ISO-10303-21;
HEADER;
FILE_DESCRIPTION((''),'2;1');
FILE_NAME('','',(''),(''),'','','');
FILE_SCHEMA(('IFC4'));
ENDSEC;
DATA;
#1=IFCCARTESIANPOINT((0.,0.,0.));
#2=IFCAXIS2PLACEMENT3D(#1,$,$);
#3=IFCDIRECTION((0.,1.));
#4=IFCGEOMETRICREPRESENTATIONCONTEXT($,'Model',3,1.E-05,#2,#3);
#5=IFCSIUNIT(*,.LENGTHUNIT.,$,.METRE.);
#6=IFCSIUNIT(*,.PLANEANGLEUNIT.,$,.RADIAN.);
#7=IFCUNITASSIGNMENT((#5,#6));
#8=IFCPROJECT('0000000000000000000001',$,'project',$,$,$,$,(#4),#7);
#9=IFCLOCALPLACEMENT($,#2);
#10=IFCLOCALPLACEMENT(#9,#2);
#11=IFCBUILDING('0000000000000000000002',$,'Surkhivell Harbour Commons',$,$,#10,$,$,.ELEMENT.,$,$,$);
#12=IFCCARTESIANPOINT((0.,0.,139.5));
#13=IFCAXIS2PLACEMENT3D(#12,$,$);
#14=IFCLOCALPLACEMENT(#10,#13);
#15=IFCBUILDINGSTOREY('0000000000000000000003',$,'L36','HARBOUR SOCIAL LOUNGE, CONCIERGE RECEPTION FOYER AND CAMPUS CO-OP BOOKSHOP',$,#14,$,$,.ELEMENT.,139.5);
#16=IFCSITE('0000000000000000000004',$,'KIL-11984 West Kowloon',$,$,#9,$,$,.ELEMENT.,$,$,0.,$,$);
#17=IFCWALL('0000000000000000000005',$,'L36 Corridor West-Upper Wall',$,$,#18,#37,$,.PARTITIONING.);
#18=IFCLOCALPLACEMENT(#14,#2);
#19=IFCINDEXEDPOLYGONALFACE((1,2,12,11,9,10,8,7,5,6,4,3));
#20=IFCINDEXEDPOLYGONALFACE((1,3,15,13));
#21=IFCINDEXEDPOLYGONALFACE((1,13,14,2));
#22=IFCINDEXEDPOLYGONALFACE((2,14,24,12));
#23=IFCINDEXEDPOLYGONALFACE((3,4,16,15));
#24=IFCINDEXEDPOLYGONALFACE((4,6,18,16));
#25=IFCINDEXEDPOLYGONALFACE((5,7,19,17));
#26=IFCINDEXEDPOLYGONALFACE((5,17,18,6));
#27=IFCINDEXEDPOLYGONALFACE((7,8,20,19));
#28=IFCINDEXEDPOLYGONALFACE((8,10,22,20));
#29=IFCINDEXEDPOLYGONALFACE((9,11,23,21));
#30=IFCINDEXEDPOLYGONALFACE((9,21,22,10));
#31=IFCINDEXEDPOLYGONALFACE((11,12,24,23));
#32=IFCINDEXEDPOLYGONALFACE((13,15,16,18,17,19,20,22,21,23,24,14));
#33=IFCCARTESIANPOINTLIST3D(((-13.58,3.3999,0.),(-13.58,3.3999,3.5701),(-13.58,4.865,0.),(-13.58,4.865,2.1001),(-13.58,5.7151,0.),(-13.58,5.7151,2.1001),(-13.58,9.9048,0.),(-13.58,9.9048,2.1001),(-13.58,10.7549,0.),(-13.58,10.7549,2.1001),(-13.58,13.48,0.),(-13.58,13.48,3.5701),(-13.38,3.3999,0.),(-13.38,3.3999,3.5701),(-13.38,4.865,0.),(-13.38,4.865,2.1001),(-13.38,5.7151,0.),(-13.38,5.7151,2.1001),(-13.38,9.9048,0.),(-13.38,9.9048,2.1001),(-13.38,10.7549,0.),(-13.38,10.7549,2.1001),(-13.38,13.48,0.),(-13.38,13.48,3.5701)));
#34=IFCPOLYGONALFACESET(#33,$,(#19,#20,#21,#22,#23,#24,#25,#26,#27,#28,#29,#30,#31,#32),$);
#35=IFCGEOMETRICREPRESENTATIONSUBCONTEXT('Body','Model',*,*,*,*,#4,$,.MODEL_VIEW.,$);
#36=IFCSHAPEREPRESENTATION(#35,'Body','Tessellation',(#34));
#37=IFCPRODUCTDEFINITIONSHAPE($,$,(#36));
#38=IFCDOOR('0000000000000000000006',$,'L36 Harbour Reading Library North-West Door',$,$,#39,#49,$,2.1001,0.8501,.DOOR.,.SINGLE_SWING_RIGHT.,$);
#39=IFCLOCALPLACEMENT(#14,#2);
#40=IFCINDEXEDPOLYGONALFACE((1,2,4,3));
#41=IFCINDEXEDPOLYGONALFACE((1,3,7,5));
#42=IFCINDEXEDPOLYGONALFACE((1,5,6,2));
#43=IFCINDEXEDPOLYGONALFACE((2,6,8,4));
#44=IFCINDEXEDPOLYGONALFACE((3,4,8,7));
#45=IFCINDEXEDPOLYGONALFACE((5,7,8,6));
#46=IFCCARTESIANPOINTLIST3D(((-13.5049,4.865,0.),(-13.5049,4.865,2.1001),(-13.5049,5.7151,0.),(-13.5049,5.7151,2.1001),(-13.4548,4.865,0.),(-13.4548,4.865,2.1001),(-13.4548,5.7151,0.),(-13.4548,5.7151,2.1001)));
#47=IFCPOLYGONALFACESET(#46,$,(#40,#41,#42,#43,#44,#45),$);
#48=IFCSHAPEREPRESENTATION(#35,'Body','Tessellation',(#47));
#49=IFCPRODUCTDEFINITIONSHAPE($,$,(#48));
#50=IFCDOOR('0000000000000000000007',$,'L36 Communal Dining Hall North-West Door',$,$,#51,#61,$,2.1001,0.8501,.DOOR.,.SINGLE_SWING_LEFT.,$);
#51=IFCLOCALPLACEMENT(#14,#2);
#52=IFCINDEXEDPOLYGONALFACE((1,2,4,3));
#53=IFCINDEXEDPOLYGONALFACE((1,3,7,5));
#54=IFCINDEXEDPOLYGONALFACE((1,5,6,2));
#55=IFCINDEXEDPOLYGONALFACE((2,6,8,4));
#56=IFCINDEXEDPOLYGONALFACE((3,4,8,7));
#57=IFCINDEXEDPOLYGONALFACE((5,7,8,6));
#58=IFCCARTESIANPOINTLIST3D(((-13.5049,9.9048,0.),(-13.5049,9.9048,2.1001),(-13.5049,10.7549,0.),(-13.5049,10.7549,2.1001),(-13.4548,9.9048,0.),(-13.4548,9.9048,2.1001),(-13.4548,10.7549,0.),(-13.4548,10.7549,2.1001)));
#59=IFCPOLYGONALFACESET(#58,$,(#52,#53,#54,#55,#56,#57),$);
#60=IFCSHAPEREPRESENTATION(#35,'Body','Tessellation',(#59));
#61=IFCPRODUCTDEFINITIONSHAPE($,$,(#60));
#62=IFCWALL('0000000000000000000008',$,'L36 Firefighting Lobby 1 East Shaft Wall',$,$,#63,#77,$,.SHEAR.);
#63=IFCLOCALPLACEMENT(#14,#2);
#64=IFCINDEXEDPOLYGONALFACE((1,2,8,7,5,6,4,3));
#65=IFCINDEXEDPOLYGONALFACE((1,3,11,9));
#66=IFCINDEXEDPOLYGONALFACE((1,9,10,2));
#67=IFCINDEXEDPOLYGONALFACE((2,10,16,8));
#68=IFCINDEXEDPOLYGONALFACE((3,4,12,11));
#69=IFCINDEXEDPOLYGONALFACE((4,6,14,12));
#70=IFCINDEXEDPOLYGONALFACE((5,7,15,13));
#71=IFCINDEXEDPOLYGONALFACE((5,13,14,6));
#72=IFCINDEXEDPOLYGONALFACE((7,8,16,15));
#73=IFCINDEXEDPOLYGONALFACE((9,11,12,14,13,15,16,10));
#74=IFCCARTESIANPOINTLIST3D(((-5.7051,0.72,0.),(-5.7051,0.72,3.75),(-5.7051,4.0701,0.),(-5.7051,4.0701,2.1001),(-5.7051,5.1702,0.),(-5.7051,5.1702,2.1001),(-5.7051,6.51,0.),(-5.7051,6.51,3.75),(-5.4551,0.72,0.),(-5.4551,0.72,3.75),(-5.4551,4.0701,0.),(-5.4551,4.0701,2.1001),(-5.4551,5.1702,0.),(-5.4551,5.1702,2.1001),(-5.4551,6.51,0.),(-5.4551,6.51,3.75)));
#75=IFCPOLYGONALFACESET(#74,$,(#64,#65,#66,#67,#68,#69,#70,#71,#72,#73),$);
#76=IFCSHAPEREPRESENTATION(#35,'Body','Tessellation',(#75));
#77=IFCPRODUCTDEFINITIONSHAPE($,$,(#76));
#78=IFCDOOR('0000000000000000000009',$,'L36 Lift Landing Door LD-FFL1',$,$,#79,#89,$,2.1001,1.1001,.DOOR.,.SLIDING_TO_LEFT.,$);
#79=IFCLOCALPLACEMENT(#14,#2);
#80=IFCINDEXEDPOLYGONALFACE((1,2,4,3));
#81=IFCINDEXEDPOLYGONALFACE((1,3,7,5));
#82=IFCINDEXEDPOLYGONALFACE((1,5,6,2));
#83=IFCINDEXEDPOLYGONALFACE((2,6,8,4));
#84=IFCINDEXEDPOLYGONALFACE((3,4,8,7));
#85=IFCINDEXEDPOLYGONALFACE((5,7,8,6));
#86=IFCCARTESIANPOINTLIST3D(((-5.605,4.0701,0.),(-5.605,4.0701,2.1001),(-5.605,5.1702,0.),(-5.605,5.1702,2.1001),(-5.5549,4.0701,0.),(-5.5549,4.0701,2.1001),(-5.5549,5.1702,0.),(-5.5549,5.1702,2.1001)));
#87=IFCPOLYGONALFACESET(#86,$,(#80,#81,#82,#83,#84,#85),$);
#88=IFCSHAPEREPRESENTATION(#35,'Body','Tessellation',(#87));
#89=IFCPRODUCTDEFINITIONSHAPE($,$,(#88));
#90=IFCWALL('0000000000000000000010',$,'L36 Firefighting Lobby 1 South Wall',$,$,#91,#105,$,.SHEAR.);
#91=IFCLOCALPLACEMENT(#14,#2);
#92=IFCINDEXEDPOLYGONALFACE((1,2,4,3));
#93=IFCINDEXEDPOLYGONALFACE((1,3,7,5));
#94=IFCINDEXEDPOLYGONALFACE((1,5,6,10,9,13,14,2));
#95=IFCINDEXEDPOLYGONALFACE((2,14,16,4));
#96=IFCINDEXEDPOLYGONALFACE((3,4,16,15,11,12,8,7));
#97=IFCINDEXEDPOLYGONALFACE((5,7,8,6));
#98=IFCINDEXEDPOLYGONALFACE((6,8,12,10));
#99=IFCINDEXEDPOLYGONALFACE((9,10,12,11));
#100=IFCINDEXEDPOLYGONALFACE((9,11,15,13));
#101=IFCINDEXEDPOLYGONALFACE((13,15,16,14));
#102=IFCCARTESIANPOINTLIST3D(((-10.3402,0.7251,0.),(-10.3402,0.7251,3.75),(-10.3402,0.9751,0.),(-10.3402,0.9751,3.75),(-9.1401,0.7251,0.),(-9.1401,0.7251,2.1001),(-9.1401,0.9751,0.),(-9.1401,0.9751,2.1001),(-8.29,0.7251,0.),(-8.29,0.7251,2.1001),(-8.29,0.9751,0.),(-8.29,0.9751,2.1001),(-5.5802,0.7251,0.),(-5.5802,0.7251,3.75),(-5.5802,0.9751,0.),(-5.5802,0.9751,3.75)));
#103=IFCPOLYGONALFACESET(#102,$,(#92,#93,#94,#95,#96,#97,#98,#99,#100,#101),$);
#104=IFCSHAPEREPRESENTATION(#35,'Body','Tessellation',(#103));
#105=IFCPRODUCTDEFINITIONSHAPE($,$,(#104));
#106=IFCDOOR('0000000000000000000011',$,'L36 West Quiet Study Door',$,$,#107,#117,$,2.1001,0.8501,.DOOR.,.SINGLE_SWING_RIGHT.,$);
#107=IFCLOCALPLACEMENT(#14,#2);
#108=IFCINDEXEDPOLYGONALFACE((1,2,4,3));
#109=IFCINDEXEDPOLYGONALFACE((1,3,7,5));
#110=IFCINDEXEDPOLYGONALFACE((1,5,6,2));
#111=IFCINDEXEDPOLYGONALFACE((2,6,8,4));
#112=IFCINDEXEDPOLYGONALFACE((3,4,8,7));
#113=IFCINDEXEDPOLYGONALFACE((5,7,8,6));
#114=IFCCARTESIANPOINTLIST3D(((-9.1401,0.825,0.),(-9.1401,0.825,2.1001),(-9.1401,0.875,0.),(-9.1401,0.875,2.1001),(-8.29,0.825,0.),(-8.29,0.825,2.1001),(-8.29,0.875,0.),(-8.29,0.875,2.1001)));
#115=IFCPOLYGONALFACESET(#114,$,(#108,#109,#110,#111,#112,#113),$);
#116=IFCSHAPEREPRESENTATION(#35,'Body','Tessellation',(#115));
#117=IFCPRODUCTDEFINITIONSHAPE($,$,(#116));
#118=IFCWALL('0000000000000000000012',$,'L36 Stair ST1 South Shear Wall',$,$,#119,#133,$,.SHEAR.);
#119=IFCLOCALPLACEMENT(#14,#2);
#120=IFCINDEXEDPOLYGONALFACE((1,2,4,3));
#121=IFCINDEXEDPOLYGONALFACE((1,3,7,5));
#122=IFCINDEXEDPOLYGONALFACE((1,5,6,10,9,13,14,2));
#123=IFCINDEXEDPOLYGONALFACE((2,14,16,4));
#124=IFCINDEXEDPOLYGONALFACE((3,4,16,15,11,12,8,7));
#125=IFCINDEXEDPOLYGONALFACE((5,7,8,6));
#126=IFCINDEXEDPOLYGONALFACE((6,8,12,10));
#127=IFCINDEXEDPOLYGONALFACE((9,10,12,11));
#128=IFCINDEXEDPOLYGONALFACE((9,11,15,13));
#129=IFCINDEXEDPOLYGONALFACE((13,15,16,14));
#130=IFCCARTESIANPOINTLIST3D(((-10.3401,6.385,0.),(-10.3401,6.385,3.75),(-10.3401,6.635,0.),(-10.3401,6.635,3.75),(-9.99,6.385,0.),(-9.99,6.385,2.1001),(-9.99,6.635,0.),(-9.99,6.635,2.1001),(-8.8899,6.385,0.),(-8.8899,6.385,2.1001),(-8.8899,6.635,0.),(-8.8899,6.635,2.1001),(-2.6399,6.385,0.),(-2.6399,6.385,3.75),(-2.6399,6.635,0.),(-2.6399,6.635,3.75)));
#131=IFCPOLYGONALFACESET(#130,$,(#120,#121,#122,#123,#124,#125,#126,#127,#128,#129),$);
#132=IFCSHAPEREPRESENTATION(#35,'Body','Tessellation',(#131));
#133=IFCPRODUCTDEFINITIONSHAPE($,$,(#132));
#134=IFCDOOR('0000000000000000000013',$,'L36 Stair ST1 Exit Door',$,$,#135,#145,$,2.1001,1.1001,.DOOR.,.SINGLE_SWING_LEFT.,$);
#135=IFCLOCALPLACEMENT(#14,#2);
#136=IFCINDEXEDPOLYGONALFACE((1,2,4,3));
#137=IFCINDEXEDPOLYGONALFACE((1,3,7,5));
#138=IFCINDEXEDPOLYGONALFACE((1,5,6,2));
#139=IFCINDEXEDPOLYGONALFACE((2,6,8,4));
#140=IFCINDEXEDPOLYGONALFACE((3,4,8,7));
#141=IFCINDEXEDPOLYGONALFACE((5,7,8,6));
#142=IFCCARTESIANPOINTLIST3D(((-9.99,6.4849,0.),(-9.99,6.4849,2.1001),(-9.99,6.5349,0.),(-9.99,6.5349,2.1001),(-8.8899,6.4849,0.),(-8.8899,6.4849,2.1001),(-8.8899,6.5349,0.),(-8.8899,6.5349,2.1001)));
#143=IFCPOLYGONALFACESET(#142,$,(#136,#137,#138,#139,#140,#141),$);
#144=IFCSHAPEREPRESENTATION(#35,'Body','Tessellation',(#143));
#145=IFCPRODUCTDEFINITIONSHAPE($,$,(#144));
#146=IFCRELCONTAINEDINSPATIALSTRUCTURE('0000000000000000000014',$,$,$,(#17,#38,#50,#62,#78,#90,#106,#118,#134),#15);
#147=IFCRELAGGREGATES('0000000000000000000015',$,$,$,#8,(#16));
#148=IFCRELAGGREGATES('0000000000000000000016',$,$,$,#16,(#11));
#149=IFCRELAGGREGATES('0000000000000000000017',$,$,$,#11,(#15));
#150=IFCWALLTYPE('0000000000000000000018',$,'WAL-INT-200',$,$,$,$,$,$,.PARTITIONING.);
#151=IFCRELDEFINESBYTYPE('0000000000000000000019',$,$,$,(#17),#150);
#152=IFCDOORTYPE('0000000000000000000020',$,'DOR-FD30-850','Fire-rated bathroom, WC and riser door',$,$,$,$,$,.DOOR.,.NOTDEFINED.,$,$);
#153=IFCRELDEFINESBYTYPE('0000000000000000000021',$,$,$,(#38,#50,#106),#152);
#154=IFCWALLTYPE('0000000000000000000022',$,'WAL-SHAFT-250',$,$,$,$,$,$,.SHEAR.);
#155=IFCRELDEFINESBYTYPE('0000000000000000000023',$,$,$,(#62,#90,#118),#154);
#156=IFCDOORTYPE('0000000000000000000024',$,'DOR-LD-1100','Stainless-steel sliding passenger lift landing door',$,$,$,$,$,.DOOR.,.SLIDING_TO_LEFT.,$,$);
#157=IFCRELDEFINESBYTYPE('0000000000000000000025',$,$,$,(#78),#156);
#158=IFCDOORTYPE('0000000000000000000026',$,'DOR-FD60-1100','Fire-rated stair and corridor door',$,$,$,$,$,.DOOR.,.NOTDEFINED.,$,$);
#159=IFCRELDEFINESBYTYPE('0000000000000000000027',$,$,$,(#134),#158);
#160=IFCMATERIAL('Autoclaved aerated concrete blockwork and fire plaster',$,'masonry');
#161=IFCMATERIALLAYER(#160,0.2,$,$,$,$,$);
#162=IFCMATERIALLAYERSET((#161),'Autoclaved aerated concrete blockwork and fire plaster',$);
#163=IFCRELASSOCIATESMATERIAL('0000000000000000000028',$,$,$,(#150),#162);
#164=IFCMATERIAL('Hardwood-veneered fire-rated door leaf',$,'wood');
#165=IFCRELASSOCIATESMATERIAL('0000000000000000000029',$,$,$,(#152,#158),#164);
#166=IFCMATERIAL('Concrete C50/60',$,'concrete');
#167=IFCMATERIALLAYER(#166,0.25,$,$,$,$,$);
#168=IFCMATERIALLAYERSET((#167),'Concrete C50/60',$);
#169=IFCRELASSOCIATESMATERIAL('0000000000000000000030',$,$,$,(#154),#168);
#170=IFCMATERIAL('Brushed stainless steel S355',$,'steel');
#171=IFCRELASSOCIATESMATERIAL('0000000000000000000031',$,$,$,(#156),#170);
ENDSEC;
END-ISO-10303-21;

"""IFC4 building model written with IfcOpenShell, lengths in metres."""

from ifc_helpers import new_model, si_unit, direction, frame, frame_2d, origin, place, context, subcontext, project, spatial, rectangle, extrude, material, layer, layer_set, type_object, element, fill, save


model = new_model("IFC4")

# Units and contexts
model_context = context("Model", 3, precision=1e-05, world=origin(), true_north=direction((0.0, 1.0)))
body_context = subcontext(model_context, "Body", "Model", "MODEL_VIEW")
ifc_project = project(units=[si_unit("LENGTHUNIT", "METRE"), si_unit("PLANEANGLEUNIT", "RADIAN")], contexts=[model_context])

# Site, building, storey
site_placement = place(None, origin())
site = spatial("IfcSite", under=ifc_project, at=site_placement, Name="KIL-11984 West Kowloon", CompositionType="ELEMENT", RefElevation=0.0)
building_placement = place(site_placement, origin())
building = spatial("IfcBuilding", under=site, at=building_placement, Name="Surkhivell Harbour Commons", CompositionType="ELEMENT")
storey_placement = place(building_placement, frame((0.0, 0.0, 139.5)))
storey = spatial("IfcBuildingStorey", under=building, at=storey_placement, Name="L36", Description="HARBOUR SOCIAL LOUNGE, CONCIERGE RECEPTION FOYER AND CAMPUS CO-OP BOOKSHOP", CompositionType="ELEMENT", Elevation=139.5)

# Shared definitions
ifc_material_1 = material(Name="Hardwood-veneered fire-rated door leaf", Category="wood")

# Wall, openings, doors
ifc_material_2 = material(Name="Autoclaved aerated concrete blockwork and fire plaster", Category="masonry")
ifc_layer_1 = layer(ifc_material_2, 0.2)
ifc_layer_set_1 = layer_set([ifc_layer_1], Name="Autoclaved aerated concrete blockwork and fire plaster")
wall_type_1 = type_object("IfcWallType", Name="WAL-INT-200", PredefinedType="PARTITIONING", material=ifc_layer_set_1)
wall_1_placement = place(storey_placement, frame((-13.48, 3.3999, 0.0), z_axis=(0.0, 0.0, 1.0), x_axis=(0.0, 1.0, 0.0)))
wall_1 = element("IfcWall", 1, at=wall_1_placement, inside=storey, type_object=wall_type_1, Name="L36 Corridor West-Upper Wall", PredefinedType="PARTITIONING", context=body_context, shape_type="SweptSolid", body=[
    extrude(rectangle(XDim=10.0801, YDim=0.2, at=frame_2d((5.04, 0.0))), origin(), (0.0, 0.0, 1.0), 3.5701),
])
opening_1_placement = place(wall_1_placement, frame((1.4651, 0.0, 0.0)))
opening_1 = element("IfcOpeningElement", 2, at=opening_1_placement, cuts=wall_1, PredefinedType="OPENING", context=body_context, shape_type="SweptSolid", body=[
    extrude(rectangle(XDim=0.8501, YDim=2.1001, at=frame_2d((0.425, 1.05))), frame((0.0, 0.1099, 0.0), z_axis=(0.0, -1.0, 0.0), x_axis=(1.0, 0.0, 0.0)), (0.0, 0.0, 1.0), 0.22),
])
opening_2_placement = place(wall_1_placement, frame((6.5049, 0.0, 0.0)))
opening_2 = element("IfcOpeningElement", 3, at=opening_2_placement, cuts=wall_1, PredefinedType="OPENING", context=body_context, shape_type="SweptSolid", body=[
    extrude(rectangle(XDim=0.8501, YDim=2.1001, at=frame_2d((0.425, 1.05))), frame((0.0, 0.1099, 0.0), z_axis=(0.0, -1.0, 0.0), x_axis=(1.0, 0.0, 0.0)), (0.0, 0.0, 1.0), 0.22),
])
door_type_1 = type_object("IfcDoorType", Name="DOR-FD30-850", Description="Fire-rated bathroom, WC and riser door", OperationType="NOTDEFINED", PredefinedType="DOOR", material=ifc_material_1)
door_1_placement = place(opening_1_placement, origin())
door_1 = element("IfcDoor", 4, at=door_1_placement, inside=storey, type_object=door_type_1, Name="L36 Harbour Reading Library North-West Door", OperationType="SINGLE_SWING_RIGHT", OverallHeight=2.1001, OverallWidth=0.8501, PredefinedType="DOOR", context=body_context, shape_type="SweptSolid", body=[
    extrude(rectangle(XDim=0.8501, YDim=2.1001, at=frame_2d((0.425, 1.05))), frame((0.0, 0.0249, 0.0), z_axis=(0.0, -1.0, 0.0), x_axis=(1.0, 0.0, 0.0)), (0.0, 0.0, 1.0), 0.05),
])
fill(opening_1, door_1)
door_2_placement = place(opening_2_placement, origin())
door_2 = element("IfcDoor", 5, at=door_2_placement, inside=storey, type_object=door_type_1, Name="L36 Communal Dining Hall North-West Door", OperationType="SINGLE_SWING_LEFT", OverallHeight=2.1001, OverallWidth=0.8501, PredefinedType="DOOR", context=body_context, shape_type="SweptSolid", body=[
    extrude(rectangle(XDim=0.8501, YDim=2.1001, at=frame_2d((0.425, 1.05))), frame((0.0, 0.0249, 0.0), z_axis=(0.0, -1.0, 0.0), x_axis=(1.0, 0.0, 0.0)), (0.0, 0.0, 1.0), 0.05),
])
fill(opening_2, door_2)

# Walls, openings, doors
ifc_material_3 = material(Name="Concrete C50/60", Category="concrete")
ifc_layer_2 = layer(ifc_material_3, 0.25)
ifc_layer_set_2 = layer_set([ifc_layer_2], Name="Concrete C50/60")
wall_type_2 = type_object("IfcWallType", Name="WAL-SHAFT-250", PredefinedType="SHEAR", material=ifc_layer_set_2)
wall_2_placement = place(storey_placement, frame((-5.5801, 0.72, 0.0), z_axis=(0.0, 0.0, 1.0), x_axis=(0.0, 1.0, 0.0)))
wall_2 = element("IfcWall", 6, at=wall_2_placement, inside=storey, type_object=wall_type_2, Name="L36 Firefighting Lobby 1 East Shaft Wall", PredefinedType="SHEAR", context=body_context, shape_type="SweptSolid", body=[
    extrude(rectangle(XDim=5.79, YDim=0.25, at=frame_2d((2.895, 0.0))), origin(), (0.0, 0.0, 1.0), 3.75),
])
opening_3_placement = place(wall_2_placement, frame((3.3501, 0.0, 0.0)))
opening_3 = element("IfcOpeningElement", 7, at=opening_3_placement, cuts=wall_2, PredefinedType="OPENING", context=body_context, shape_type="SweptSolid", body=[
    extrude(rectangle(XDim=1.1001, YDim=2.1001, at=frame_2d((0.55, 1.05))), frame((0.0, 0.135, 0.0), z_axis=(0.0, -1.0, 0.0), x_axis=(1.0, 0.0, 0.0)), (0.0, 0.0, 1.0), 0.27),
])
ifc_material_4 = material(Name="Brushed stainless steel S355", Category="steel")
door_type_2 = type_object("IfcDoorType", Name="DOR-LD-1100", Description="Stainless-steel sliding passenger lift landing door", OperationType="SLIDING_TO_LEFT", PredefinedType="DOOR", material=ifc_material_4)
door_3_placement = place(opening_3_placement, origin())
door_3 = element("IfcDoor", 8, at=door_3_placement, inside=storey, type_object=door_type_2, Name="L36 Lift Landing Door LD-FFL1", OperationType="SLIDING_TO_LEFT", OverallHeight=2.1001, OverallWidth=1.1001, PredefinedType="DOOR", context=body_context, shape_type="SweptSolid", body=[
    extrude(rectangle(XDim=1.1001, YDim=2.1001, at=frame_2d((0.55, 1.05))), frame((0.0, 0.0249, 0.0), z_axis=(0.0, -1.0, 0.0), x_axis=(1.0, 0.0, 0.0)), (0.0, 0.0, 1.0), 0.05),
])
fill(opening_3, door_3)
wall_3_placement = place(storey_placement, frame((-10.3401, 0.8501, 0.0), z_axis=(0.0, 0.0, 1.0), x_axis=(1.0, 0.0, 0.0)))
wall_3 = element("IfcWall", 9, at=wall_3_placement, inside=storey, type_object=wall_type_2, Name="L36 Firefighting Lobby 1 South Wall", PredefinedType="SHEAR", context=body_context, shape_type="SweptSolid", body=[
    extrude(rectangle(XDim=4.76, YDim=0.25, at=frame_2d((2.3799, 0.0))), origin(), (0.0, 0.0, 1.0), 3.75),
])
opening_4_placement = place(wall_3_placement, frame((1.2, 0.0, 0.0)))
opening_4 = element("IfcOpeningElement", 10, at=opening_4_placement, cuts=wall_3, PredefinedType="OPENING", context=body_context, shape_type="SweptSolid", body=[
    extrude(rectangle(XDim=0.8501, YDim=2.1001, at=frame_2d((0.425, 1.05))), frame((0.0, 0.135, 0.0), z_axis=(0.0, -1.0, 0.0), x_axis=(1.0, 0.0, 0.0)), (0.0, 0.0, 1.0), 0.27),
])
door_4_placement = place(opening_4_placement, origin())
door_4 = element("IfcDoor", 11, at=door_4_placement, inside=storey, type_object=door_type_1, Name="L36 West Quiet Study Door", OperationType="SINGLE_SWING_RIGHT", OverallHeight=2.1001, OverallWidth=0.8501, PredefinedType="DOOR", context=body_context, shape_type="SweptSolid", body=[
    extrude(rectangle(XDim=0.8501, YDim=2.1001, at=frame_2d((0.425, 1.05))), frame((0.0, 0.0249, 0.0), z_axis=(0.0, -1.0, 0.0), x_axis=(1.0, 0.0, 0.0)), (0.0, 0.0, 1.0), 0.05),
])
fill(opening_4, door_4)
wall_4_placement = place(storey_placement, frame((-10.3401, 6.51, 0.0), z_axis=(0.0, 0.0, 1.0), x_axis=(1.0, 0.0, 0.0)))
wall_4 = element("IfcWall", 12, at=wall_4_placement, inside=storey, type_object=wall_type_2, Name="L36 Stair ST1 South Shear Wall", PredefinedType="SHEAR", context=body_context, shape_type="SweptSolid", body=[
    extrude(rectangle(XDim=7.7002, YDim=0.25, at=frame_2d((3.8501, 0.0))), origin(), (0.0, 0.0, 1.0), 3.75),
])
opening_5_placement = place(wall_4_placement, frame((0.3501, 0.0, 0.0)))
opening_5 = element("IfcOpeningElement", 13, at=opening_5_placement, cuts=wall_4, PredefinedType="OPENING", context=body_context, shape_type="SweptSolid", body=[
    extrude(rectangle(XDim=1.1001, YDim=2.1001, at=frame_2d((0.55, 1.05))), frame((0.0, 0.135, 0.0), z_axis=(0.0, -1.0, 0.0), x_axis=(1.0, 0.0, 0.0)), (0.0, 0.0, 1.0), 0.27),
])
door_type_3 = type_object("IfcDoorType", Name="DOR-FD60-1100", Description="Fire-rated stair and corridor door", OperationType="NOTDEFINED", PredefinedType="DOOR", material=ifc_material_1)
door_5_placement = place(opening_5_placement, origin())
door_5 = element("IfcDoor", 14, at=door_5_placement, inside=storey, type_object=door_type_3, Name="L36 Stair ST1 Exit Door", OperationType="SINGLE_SWING_LEFT", OverallHeight=2.1001, OverallWidth=1.1001, PredefinedType="DOOR", context=body_context, shape_type="SweptSolid", body=[
    extrude(rectangle(XDim=1.1001, YDim=2.1001, at=frame_2d((0.55, 1.05))), frame((0.0, 0.0249, 0.0), z_axis=(0.0, -1.0, 0.0), x_axis=(1.0, 0.0, 0.0)), (0.0, 0.0, 1.0), 0.05),
])
fill(opening_5, door_5)

save(model, "model.ifc")
